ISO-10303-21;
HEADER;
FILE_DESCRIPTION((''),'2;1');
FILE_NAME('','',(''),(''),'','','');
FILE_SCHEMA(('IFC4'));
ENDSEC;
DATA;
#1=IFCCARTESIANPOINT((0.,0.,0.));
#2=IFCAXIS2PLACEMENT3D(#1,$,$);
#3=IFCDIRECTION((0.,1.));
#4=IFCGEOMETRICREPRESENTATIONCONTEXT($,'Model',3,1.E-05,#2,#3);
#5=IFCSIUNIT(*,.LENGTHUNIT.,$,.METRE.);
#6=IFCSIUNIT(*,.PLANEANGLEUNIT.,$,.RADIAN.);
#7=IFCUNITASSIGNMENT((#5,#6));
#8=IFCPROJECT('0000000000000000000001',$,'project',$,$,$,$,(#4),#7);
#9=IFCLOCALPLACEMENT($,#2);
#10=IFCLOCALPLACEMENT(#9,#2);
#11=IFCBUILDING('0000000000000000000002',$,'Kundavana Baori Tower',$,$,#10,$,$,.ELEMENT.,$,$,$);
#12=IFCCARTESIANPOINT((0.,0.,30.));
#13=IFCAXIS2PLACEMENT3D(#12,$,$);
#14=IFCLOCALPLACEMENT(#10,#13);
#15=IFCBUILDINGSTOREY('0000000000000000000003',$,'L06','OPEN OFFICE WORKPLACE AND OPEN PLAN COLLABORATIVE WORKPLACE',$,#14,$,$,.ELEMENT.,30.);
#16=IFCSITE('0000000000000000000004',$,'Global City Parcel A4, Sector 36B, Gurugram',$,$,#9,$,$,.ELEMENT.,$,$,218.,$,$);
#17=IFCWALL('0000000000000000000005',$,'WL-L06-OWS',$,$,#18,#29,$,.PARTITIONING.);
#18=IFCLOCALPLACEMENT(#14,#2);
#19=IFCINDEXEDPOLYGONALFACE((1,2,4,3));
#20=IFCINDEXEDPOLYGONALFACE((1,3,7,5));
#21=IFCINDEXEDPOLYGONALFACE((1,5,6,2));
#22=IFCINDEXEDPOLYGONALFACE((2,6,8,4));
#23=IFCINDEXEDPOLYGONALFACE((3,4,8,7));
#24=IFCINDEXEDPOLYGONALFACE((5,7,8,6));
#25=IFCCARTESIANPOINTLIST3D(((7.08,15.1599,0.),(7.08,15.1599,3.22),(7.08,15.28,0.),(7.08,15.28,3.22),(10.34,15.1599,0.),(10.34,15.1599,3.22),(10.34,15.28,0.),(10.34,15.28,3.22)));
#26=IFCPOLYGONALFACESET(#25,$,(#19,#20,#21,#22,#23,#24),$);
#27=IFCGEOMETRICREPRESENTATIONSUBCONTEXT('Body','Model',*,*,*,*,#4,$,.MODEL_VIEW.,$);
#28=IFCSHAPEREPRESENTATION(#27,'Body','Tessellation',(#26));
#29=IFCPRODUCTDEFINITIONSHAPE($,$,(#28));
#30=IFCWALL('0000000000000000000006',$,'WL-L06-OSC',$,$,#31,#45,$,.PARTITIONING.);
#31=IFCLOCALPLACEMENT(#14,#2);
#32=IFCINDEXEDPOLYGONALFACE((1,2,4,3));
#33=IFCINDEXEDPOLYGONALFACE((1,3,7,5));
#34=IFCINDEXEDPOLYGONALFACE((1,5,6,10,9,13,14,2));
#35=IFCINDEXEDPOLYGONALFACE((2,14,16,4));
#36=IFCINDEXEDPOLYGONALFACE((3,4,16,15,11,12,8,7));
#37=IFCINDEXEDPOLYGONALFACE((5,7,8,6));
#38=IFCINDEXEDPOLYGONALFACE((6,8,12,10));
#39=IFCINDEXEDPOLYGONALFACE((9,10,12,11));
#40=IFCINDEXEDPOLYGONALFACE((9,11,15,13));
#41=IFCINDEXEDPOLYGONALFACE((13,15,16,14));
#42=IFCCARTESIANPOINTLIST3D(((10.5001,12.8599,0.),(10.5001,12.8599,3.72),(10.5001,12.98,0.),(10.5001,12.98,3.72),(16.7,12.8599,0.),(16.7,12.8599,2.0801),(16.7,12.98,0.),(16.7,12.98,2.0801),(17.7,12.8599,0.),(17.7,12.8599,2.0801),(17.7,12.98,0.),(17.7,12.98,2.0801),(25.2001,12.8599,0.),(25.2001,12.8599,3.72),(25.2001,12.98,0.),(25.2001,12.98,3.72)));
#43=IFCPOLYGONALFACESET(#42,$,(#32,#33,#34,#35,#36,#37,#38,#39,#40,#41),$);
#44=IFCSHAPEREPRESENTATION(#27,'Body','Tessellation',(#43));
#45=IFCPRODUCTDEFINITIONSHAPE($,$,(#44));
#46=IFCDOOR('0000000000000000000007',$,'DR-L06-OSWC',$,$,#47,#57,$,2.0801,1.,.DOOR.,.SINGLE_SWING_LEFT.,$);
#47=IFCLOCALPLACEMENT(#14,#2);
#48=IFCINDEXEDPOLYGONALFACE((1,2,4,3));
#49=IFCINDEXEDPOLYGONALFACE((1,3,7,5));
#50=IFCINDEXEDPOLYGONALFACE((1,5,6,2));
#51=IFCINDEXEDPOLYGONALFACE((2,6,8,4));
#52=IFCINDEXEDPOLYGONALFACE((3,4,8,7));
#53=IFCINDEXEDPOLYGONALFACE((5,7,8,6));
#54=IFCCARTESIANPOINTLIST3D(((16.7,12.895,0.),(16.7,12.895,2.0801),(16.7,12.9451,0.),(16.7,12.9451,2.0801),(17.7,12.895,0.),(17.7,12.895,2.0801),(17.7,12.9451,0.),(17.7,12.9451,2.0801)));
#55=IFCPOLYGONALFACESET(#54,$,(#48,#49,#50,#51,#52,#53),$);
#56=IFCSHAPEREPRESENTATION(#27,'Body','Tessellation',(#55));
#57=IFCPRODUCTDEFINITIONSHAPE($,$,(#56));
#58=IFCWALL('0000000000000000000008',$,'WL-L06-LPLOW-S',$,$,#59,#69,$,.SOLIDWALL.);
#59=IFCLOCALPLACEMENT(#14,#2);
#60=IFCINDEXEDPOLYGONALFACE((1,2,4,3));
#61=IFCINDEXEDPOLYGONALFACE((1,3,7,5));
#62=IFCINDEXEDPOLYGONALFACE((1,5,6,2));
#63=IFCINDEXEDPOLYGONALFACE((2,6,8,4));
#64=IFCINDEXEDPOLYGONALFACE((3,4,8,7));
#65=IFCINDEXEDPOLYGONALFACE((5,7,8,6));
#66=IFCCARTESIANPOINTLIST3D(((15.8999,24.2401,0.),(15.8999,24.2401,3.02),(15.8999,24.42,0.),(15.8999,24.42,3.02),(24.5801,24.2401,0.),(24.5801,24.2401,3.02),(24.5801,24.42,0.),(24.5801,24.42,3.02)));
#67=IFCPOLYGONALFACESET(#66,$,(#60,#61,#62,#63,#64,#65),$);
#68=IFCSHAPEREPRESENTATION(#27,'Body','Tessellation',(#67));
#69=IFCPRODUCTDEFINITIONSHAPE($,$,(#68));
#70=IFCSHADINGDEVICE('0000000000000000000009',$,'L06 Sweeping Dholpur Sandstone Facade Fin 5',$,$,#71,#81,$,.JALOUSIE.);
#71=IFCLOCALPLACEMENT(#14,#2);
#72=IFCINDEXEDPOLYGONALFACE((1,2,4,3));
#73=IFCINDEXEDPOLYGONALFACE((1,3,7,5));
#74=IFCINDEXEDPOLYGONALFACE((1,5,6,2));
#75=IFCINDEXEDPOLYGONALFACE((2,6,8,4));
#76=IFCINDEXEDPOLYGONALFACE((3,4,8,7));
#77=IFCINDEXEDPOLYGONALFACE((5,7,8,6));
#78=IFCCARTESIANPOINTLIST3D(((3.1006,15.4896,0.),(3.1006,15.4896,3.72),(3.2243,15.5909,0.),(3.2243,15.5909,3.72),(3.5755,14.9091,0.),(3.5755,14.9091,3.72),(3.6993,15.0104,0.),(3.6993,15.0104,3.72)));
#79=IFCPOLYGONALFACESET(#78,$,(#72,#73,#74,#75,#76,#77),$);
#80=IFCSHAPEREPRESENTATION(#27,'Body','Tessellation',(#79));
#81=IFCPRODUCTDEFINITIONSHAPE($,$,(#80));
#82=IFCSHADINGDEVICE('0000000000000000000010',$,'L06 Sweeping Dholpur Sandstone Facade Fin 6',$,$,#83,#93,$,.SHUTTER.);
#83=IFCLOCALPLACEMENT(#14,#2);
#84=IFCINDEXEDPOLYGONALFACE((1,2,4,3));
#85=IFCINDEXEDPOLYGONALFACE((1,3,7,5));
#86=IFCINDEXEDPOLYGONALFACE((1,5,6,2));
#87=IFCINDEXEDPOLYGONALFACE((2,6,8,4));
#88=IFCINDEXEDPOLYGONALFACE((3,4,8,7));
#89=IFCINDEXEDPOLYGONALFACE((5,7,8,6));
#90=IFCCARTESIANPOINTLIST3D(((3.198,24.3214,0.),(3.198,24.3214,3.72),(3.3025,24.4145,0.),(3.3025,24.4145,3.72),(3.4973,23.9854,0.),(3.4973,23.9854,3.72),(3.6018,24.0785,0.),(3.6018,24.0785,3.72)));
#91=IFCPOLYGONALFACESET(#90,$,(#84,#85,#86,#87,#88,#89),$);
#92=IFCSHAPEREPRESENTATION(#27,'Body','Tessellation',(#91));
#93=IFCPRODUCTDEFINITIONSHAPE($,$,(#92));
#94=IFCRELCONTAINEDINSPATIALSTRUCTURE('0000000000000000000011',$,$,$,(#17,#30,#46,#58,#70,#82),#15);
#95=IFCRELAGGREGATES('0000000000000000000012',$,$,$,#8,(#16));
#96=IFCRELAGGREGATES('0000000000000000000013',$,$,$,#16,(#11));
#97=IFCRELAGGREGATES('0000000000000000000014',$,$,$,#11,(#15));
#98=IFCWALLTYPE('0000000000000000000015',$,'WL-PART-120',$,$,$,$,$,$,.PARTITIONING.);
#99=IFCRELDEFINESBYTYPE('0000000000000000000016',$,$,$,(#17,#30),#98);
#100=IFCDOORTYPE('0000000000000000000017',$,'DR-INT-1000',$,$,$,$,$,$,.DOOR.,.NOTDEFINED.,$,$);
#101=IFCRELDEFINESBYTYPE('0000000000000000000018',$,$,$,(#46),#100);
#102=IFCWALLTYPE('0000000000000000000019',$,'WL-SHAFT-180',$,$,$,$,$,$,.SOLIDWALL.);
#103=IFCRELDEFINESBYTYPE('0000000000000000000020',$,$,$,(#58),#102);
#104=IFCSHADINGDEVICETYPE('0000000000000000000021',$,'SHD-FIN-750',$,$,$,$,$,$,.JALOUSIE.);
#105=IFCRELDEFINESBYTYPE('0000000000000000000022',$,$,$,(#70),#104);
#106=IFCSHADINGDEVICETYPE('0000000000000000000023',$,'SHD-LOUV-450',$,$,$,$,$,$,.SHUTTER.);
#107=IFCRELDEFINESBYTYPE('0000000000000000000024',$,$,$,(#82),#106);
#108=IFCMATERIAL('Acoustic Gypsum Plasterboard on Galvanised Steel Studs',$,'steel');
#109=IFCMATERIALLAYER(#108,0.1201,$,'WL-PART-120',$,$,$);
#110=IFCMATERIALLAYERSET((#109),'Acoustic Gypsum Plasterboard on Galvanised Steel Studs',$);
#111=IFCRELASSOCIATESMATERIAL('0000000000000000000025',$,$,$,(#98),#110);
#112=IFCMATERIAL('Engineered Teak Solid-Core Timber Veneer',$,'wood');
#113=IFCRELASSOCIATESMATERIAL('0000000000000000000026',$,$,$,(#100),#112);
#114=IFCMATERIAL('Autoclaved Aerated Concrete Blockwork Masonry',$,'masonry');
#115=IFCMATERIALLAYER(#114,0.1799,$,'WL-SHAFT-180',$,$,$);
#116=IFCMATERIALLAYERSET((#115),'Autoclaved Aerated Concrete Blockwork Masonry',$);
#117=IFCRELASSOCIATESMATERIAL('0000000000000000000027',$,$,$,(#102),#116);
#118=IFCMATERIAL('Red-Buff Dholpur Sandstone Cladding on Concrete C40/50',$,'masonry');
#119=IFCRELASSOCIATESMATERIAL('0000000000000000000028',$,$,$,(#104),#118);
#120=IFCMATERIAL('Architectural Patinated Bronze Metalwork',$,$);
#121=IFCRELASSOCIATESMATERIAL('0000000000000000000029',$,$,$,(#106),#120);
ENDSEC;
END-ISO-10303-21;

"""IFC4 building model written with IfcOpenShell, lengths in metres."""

from ifc_helpers import new_model, si_unit, direction, frame, frame_2d, origin, origin_2d, place, context, subcontext, project, spatial, rectangle, extrude, material, layer, layer_set, type_object, element, fill, save


model = new_model("IFC4")

# Units and contexts
model_context = context("Model", 3, precision=1e-05, world=origin(), true_north=direction((0.0, 1.0)))
body_context = subcontext(model_context, "Body", "Model", "MODEL_VIEW")
ifc_project = project(units=[si_unit("LENGTHUNIT", "METRE"), si_unit("PLANEANGLEUNIT", "RADIAN")], contexts=[model_context])

# Site, building, storey
site_placement = place(None, origin())
site = spatial("IfcSite", under=ifc_project, at=site_placement, Name="Global City Parcel A4, Sector 36B, Gurugram", CompositionType="ELEMENT", RefElevation=218.0)
building_placement = place(site_placement, origin())
building = spatial("IfcBuilding", under=site, at=building_placement, Name="Kundavana Baori Tower", CompositionType="ELEMENT")
storey_placement = place(building_placement, frame((0.0, 0.0, 30.0)))
storey = spatial("IfcBuildingStorey", under=building, at=storey_placement, Name="L06", Description="OPEN OFFICE WORKPLACE AND OPEN PLAN COLLABORATIVE WORKPLACE", CompositionType="ELEMENT", Elevation=30.0)

# Shared definitions
ifc_material_1 = material(Name="Acoustic Gypsum Plasterboard on Galvanised Steel Studs", Category="steel")
ifc_layer_1 = layer(ifc_material_1, 0.1201, Name="WL-PART-120")
ifc_layer_set_1 = layer_set([ifc_layer_1], Name="Acoustic Gypsum Plasterboard on Galvanised Steel Studs")
wall_type_1 = type_object("IfcWallType", Name="WL-PART-120", PredefinedType="PARTITIONING", material=ifc_layer_set_1)

# Wall
wall_1_placement = place(storey_placement, frame((7.0801, 15.22, 0.0), z_axis=(0.0, 0.0, 1.0), x_axis=(1.0, 0.0, 0.0)))
element("IfcWall", 1, at=wall_1_placement, inside=storey, type_object=wall_type_1, Name="WL-L06-OWS", PredefinedType="PARTITIONING", context=body_context, shape_type="SweptSolid", body=[
    extrude(rectangle(XDim=3.26, YDim=0.1201, at=frame_2d((1.6299, 0.0))), origin(), (0.0, 0.0, 1.0), 3.22),
])

# Wall, opening, door
wall_2_placement = place(storey_placement, frame((10.5, 12.9199, 0.0), z_axis=(0.0, 0.0, 1.0), x_axis=(1.0, 0.0, 0.0)))
wall_2 = element("IfcWall", 2, at=wall_2_placement, inside=storey, type_object=wall_type_1, Name="WL-L06-OSC", PredefinedType="PARTITIONING", context=body_context, shape_type="SweptSolid", body=[
    extrude(rectangle(XDim=14.7, YDim=0.1201, at=frame_2d((7.3501, 0.0))), origin(), (0.0, 0.0, 1.0), 3.72),
])
opening_1_placement = place(wall_2_placement, frame((6.2, 0.0, 0.0)))
opening_1 = element("IfcOpeningElement", 3, at=opening_1_placement, cuts=wall_2, PredefinedType="OPENING", context=body_context, shape_type="SweptSolid", body=[
    extrude(rectangle(XDim=1.0, YDim=2.0801, at=frame_2d((0.5, 1.04))), frame((0.0, 0.0701, 0.0), z_axis=(0.0, -1.0, 0.0), x_axis=(1.0, 0.0, 0.0)), (0.0, 0.0, 1.0), 0.1401),
])
ifc_material_2 = material(Name="Engineered Teak Solid-Core Timber Veneer", Category="wood")
door_type_1 = type_object("IfcDoorType", Name="DR-INT-1000", OperationType="NOTDEFINED", PredefinedType="DOOR", material=ifc_material_2)
door_1_placement = place(opening_1_placement, frame((1.0, 0.0, 0.0), z_axis=(0.0, 0.0, 1.0), x_axis=(-1.0, 0.0, 0.0)))
door_1 = element("IfcDoor", 4, at=door_1_placement, inside=storey, type_object=door_type_1, Name="DR-L06-OSWC", OperationType="SINGLE_SWING_LEFT", OverallHeight=2.0801, OverallWidth=1.0, PredefinedType="DOOR", context=body_context, shape_type="SweptSolid", body=[
    extrude(rectangle(XDim=1.0, YDim=2.0801, at=frame_2d((0.5, 1.04))), frame((0.0, 0.0249, 0.0), z_axis=(0.0, -1.0, 0.0), x_axis=(1.0, 0.0, 0.0)), (0.0, 0.0, 1.0), 0.05),
])
fill(opening_1, door_1)

# Wall
ifc_material_3 = material(Name="Autoclaved Aerated Concrete Blockwork Masonry", Category="masonry")
ifc_layer_2 = layer(ifc_material_3, 0.1799, Name="WL-SHAFT-180")
ifc_layer_set_2 = layer_set([ifc_layer_2], Name="Autoclaved Aerated Concrete Blockwork Masonry")
wall_type_2 = type_object("IfcWallType", Name="WL-SHAFT-180", PredefinedType="SOLIDWALL", material=ifc_layer_set_2)
wall_3_placement = place(storey_placement, frame((15.8999, 24.3301, 0.0), z_axis=(0.0, 0.0, 1.0), x_axis=(1.0, 0.0, 0.0)))
element("IfcWall", 5, at=wall_3_placement, inside=storey, type_object=wall_type_2, Name="WL-L06-LPLOW-S", PredefinedType="SOLIDWALL", context=body_context, shape_type="SweptSolid", body=[
    extrude(rectangle(XDim=8.6802, YDim=0.1799, at=frame_2d((4.3401, 0.0))), origin(), (0.0, 0.0, 1.0), 3.02),
])

# Shading devices
ifc_material_4 = material(Name="Red-Buff Dholpur Sandstone Cladding on Concrete C40/50", Category="masonry")
shading_device_type_1 = type_object("IfcShadingDeviceType", Name="SHD-FIN-750", PredefinedType="JALOUSIE", material=ifc_material_4)
shading_device_1_placement = place(storey_placement, frame((3.3999, 15.25, 0.0), z_axis=(0.0, 0.0, 1.0), x_axis=(0.773951, 0.633246, 0.0)))
element("IfcShadingDevice", 6, at=shading_device_1_placement, inside=storey, type_object=shading_device_type_1, Name="L06 Sweeping Dholpur Sandstone Facade Fin 5", PredefinedType="JALOUSIE", context=body_context, shape_type="SweptSolid", body=[
    extrude(rectangle(XDim=0.1599, YDim=0.75, at=origin_2d()), origin(), (0.0, 0.0, 1.0), 3.72),
])
ifc_material_5 = material(Name="Architectural Patinated Bronze Metalwork")
shading_device_type_2 = type_object("IfcShadingDeviceType", Name="SHD-LOUV-450", PredefinedType="SHUTTER", material=ifc_material_5)
shading_device_2_placement = place(storey_placement, frame((3.3999, 24.2, 0.0), z_axis=(0.0, 0.0, 1.0), x_axis=(0.746638, 0.66523, 0.0)))
element("IfcShadingDevice", 7, at=shading_device_2_placement, inside=storey, type_object=shading_device_type_2, Name="L06 Sweeping Dholpur Sandstone Facade Fin 6", PredefinedType="SHUTTER", context=body_context, shape_type="SweptSolid", body=[
    extrude(rectangle(XDim=0.1399, YDim=0.45, at=origin_2d()), origin(), (0.0, 0.0, 1.0), 3.72),
])

save(model, "model.ifc")
